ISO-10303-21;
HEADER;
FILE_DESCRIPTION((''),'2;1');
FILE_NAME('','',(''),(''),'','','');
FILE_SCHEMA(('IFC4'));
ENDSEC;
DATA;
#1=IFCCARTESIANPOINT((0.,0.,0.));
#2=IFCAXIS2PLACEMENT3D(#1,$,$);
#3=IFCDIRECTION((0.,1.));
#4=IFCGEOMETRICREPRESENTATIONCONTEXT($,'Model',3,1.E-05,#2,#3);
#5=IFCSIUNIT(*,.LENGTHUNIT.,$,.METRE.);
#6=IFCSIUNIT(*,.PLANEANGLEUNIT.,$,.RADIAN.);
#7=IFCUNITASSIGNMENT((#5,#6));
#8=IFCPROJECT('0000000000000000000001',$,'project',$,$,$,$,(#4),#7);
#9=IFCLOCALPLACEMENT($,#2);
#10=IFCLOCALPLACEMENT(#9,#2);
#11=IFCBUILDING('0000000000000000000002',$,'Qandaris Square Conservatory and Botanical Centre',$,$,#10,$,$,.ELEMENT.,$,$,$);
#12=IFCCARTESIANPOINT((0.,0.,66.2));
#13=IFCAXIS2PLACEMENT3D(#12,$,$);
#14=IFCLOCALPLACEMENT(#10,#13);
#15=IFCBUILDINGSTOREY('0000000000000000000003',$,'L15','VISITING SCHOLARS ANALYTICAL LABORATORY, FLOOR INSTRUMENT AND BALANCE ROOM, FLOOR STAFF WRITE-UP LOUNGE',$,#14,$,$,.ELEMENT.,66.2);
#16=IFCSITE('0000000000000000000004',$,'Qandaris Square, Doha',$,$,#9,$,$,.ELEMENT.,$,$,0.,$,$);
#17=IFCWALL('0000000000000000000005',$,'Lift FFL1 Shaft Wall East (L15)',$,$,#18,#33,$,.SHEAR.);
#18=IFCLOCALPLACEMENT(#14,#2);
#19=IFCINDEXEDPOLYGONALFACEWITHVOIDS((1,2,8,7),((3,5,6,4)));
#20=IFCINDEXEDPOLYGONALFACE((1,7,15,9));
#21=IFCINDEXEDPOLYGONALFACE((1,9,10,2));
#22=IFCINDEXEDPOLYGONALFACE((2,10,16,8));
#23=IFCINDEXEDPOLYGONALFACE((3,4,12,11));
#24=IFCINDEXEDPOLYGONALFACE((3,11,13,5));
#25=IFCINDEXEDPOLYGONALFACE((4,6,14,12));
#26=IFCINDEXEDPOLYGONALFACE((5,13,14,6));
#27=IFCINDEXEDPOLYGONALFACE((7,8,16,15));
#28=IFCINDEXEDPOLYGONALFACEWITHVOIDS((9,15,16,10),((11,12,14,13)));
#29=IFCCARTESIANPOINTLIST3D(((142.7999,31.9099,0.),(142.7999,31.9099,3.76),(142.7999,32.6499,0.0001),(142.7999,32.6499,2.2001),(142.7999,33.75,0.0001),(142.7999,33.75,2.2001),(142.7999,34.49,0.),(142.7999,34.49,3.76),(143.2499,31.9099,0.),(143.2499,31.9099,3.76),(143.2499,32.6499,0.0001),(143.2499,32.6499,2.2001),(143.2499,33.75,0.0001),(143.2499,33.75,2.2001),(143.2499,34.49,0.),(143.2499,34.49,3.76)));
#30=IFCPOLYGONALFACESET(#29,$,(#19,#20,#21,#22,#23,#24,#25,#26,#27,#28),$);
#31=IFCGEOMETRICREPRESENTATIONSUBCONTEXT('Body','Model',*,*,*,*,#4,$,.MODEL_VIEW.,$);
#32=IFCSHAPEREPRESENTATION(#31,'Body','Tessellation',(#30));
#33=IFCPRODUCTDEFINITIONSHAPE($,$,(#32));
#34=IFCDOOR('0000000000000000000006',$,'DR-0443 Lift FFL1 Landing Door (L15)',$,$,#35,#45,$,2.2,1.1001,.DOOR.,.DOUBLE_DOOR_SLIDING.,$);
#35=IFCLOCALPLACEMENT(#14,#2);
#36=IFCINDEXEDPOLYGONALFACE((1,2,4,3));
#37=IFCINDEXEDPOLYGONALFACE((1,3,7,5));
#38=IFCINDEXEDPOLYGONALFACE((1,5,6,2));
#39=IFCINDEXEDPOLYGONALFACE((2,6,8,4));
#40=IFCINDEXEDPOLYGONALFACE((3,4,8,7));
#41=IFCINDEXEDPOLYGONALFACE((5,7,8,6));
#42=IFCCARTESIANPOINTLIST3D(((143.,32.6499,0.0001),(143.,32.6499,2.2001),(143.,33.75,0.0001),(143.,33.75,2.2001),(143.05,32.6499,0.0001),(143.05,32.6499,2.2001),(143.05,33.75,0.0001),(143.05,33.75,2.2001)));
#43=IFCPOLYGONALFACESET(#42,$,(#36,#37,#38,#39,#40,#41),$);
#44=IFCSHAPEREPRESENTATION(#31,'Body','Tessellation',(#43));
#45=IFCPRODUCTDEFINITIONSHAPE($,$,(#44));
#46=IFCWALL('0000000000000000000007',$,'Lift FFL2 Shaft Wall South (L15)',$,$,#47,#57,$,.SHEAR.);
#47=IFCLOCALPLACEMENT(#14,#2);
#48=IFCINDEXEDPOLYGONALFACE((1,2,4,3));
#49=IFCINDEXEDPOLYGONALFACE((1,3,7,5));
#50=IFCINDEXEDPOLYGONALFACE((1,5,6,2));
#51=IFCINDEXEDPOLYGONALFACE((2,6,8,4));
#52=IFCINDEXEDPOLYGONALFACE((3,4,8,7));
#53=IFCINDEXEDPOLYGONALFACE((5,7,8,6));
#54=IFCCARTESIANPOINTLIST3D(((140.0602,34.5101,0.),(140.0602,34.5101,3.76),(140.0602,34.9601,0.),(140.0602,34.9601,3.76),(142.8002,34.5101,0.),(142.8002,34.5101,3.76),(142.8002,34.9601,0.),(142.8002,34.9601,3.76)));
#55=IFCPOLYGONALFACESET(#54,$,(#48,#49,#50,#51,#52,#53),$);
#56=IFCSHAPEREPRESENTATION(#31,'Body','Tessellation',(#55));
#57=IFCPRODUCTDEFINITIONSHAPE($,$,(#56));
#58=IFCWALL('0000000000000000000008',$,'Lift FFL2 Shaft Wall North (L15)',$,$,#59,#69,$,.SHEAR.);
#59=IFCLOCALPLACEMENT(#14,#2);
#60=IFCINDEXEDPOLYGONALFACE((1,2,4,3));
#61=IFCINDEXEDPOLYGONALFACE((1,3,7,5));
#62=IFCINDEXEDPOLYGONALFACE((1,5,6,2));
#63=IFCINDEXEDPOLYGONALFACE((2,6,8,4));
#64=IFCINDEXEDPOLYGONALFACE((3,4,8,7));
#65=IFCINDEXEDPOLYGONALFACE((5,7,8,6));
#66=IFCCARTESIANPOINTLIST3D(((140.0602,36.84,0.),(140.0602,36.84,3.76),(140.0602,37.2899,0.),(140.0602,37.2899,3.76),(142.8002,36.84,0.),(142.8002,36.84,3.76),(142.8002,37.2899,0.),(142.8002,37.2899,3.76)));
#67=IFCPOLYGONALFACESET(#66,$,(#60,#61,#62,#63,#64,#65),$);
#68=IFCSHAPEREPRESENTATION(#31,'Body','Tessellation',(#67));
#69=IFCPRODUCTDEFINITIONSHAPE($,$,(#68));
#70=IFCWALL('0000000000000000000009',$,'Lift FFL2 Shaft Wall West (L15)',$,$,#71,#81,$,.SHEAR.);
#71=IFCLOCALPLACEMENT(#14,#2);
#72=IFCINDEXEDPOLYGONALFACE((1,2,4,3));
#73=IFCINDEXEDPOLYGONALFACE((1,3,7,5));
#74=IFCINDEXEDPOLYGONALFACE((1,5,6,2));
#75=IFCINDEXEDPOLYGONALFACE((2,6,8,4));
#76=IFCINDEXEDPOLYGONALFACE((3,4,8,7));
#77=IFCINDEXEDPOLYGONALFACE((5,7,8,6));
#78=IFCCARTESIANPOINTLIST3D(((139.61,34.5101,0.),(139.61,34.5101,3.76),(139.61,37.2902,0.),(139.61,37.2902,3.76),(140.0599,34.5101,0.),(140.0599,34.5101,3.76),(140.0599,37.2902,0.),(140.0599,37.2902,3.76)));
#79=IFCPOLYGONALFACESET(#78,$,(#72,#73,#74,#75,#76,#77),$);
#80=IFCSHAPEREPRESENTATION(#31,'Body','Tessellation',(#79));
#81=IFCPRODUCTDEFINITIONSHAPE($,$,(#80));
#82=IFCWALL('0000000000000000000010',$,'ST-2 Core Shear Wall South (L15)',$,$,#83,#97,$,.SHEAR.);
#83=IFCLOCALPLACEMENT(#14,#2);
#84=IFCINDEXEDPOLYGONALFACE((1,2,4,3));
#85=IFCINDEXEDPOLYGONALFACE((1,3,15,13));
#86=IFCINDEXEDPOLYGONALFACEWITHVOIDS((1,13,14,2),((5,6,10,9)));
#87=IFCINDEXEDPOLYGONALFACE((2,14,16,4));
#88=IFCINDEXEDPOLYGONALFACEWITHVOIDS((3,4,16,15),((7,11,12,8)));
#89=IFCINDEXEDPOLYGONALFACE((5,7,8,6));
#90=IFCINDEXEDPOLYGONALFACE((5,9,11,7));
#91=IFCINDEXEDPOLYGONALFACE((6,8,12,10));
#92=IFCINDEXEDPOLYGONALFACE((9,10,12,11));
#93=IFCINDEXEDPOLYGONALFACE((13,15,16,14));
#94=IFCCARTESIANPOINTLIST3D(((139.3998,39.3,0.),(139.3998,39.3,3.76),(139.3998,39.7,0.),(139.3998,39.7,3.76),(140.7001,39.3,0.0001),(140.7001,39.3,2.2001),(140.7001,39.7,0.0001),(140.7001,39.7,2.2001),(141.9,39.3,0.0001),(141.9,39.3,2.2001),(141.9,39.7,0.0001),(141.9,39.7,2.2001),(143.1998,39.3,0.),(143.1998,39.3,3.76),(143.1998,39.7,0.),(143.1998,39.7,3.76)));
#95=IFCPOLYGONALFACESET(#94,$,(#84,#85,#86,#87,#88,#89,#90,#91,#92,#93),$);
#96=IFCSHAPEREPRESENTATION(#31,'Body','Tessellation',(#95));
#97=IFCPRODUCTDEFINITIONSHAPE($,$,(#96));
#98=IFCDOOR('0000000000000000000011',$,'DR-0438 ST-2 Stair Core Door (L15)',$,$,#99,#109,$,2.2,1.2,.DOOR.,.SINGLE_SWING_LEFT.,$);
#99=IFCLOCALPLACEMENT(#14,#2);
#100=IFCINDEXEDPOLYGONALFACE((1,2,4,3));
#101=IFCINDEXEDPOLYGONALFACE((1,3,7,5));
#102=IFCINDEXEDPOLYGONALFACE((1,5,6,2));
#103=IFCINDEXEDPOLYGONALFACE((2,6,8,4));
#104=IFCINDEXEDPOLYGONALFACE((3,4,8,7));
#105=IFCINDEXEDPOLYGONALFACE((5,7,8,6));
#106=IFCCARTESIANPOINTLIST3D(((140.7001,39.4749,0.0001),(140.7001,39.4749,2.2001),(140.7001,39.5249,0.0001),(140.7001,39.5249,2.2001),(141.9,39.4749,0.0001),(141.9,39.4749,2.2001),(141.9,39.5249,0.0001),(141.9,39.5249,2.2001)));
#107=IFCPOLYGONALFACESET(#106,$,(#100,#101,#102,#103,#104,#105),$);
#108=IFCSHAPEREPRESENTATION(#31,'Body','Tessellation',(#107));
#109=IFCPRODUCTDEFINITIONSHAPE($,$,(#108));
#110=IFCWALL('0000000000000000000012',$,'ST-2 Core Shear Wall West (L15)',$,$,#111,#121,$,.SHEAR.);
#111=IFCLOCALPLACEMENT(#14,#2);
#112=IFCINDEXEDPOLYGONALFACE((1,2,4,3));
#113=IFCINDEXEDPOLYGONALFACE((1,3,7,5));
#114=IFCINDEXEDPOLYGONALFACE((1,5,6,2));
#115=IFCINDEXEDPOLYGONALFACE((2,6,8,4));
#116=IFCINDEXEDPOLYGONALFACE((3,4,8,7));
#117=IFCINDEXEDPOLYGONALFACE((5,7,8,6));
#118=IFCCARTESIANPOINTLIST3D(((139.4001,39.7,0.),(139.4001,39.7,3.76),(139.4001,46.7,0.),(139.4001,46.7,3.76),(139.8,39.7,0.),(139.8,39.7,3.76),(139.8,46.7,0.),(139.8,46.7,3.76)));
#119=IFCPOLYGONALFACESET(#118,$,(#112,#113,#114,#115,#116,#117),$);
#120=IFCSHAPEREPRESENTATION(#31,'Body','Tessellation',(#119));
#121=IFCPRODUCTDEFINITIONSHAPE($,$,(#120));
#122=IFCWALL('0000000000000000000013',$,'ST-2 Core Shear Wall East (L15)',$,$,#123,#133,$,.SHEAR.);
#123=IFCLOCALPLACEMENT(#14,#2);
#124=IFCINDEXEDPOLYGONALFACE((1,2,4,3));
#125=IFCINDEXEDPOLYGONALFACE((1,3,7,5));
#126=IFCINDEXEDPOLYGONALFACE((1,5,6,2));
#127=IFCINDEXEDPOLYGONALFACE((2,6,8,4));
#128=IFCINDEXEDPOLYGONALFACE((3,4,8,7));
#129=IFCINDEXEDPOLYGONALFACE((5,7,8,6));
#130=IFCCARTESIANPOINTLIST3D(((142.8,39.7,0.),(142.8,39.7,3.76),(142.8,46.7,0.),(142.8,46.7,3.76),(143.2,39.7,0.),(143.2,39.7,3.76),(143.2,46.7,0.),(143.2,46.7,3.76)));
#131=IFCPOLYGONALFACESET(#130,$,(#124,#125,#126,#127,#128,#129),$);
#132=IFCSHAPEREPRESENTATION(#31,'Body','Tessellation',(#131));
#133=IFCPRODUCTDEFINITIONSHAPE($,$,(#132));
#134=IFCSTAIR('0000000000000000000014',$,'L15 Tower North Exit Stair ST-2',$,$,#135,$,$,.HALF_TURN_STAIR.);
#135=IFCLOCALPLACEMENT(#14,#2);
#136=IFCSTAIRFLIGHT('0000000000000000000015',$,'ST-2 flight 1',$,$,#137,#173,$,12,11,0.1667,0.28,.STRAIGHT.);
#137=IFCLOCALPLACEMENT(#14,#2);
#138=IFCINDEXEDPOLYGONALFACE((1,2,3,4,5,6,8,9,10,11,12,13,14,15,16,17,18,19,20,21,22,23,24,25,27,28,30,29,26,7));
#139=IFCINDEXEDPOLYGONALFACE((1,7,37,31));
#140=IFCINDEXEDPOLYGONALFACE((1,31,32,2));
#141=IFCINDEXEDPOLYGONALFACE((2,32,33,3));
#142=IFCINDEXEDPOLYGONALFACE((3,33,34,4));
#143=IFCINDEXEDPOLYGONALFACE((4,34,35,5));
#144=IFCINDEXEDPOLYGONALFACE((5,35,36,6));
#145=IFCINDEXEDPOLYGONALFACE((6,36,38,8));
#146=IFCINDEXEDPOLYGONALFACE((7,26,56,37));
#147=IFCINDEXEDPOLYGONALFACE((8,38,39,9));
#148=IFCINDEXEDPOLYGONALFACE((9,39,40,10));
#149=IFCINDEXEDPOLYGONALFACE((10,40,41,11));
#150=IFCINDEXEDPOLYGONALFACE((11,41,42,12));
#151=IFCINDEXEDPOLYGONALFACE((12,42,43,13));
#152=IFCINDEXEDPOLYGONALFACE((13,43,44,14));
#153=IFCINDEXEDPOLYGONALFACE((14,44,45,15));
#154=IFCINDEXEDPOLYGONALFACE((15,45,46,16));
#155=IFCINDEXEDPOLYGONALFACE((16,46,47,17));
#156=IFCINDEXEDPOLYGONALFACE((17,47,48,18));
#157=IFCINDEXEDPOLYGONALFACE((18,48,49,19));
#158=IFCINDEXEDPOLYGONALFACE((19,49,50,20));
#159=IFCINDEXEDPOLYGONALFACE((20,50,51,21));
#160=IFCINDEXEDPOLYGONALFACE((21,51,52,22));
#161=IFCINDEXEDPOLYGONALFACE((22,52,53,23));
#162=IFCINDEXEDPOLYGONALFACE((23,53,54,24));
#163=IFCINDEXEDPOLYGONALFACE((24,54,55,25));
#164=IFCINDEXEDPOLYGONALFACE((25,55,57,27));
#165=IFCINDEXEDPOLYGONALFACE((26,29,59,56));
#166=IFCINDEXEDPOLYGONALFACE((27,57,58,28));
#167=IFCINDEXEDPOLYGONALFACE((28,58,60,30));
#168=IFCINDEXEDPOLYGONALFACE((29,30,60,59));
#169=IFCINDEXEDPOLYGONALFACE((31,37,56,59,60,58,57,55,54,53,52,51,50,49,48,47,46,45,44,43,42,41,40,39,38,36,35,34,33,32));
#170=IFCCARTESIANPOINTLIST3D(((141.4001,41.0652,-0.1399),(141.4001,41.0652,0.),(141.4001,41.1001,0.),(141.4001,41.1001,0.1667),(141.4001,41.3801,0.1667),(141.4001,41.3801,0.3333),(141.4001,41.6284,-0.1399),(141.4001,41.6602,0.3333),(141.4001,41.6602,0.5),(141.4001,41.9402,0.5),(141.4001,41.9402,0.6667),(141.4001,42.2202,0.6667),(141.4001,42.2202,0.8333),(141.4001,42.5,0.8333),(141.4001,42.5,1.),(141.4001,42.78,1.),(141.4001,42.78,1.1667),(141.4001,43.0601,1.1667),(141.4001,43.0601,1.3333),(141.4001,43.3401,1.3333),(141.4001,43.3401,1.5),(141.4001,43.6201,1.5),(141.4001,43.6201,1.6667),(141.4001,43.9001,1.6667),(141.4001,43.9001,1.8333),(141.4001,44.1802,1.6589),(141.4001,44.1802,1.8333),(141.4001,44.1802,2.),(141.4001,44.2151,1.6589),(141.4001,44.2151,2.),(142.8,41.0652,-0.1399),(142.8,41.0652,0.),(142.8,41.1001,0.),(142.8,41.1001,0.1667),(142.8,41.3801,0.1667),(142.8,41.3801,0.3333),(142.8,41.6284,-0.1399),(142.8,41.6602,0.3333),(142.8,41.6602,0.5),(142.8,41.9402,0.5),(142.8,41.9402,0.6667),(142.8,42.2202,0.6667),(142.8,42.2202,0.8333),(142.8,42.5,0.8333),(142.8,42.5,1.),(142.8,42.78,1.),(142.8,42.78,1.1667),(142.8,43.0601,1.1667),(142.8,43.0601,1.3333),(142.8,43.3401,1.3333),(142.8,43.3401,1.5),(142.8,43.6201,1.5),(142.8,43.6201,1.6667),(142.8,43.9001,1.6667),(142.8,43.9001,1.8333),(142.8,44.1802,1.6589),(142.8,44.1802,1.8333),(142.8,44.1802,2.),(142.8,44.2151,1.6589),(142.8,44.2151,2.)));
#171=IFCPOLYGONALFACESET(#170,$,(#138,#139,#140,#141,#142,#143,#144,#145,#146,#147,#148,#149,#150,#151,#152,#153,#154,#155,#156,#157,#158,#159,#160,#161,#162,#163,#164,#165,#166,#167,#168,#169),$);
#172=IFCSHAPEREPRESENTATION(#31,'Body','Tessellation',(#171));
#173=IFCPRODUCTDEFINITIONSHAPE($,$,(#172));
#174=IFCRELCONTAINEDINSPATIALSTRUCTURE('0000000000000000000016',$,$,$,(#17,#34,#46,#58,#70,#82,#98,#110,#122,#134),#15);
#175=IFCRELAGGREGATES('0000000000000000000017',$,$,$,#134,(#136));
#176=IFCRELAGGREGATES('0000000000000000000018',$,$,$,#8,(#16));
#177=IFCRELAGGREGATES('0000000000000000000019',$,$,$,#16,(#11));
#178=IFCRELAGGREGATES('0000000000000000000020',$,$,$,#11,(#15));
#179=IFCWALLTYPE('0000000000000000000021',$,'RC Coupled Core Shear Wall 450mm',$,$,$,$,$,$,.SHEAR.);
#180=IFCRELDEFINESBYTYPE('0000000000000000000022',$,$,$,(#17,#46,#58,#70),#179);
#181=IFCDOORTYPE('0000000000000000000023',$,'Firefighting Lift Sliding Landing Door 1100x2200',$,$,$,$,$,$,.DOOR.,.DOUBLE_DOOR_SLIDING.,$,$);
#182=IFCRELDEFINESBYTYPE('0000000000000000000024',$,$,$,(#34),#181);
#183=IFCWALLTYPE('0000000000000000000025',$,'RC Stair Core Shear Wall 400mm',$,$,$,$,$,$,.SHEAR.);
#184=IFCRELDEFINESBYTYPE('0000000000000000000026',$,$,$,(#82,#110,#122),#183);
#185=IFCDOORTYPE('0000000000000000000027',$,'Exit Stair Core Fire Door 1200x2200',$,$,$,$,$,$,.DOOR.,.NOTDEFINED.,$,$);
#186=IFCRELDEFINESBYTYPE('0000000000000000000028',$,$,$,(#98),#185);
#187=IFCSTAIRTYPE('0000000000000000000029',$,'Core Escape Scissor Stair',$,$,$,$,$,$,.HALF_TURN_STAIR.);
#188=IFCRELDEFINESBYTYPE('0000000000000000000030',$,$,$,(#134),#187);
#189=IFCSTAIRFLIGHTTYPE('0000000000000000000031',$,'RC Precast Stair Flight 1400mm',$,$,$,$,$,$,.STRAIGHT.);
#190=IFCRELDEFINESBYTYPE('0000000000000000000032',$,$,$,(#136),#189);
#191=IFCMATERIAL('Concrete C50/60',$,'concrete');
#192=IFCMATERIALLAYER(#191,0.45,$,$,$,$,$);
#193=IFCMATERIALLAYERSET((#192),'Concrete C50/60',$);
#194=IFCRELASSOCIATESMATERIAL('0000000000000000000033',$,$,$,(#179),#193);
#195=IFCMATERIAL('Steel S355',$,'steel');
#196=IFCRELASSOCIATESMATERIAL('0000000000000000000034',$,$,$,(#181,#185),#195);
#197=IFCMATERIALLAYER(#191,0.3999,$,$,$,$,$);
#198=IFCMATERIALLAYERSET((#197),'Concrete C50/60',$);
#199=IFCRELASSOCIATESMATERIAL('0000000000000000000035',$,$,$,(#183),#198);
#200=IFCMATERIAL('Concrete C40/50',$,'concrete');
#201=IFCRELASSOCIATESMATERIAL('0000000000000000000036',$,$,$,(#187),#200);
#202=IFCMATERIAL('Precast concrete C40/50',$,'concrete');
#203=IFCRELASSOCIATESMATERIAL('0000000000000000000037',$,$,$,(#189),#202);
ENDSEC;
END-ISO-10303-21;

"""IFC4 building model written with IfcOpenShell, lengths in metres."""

from ifc_helpers import new_model, si_unit, direction, frame, frame_2d, origin, place, context, subcontext, project, spatial, polyline, rectangle, outline, extrude, material, layer, layer_set, type_object, element, fill, aggregate, save


model = new_model("IFC4")

# Units and contexts
model_context = context("Model", 3, precision=1e-05, world=origin(), true_north=direction((0.0, 1.0)))
body_context = subcontext(model_context, "Body", "Model", "MODEL_VIEW")
ifc_project = project(units=[si_unit("LENGTHUNIT", "METRE"), si_unit("PLANEANGLEUNIT", "RADIAN")], contexts=[model_context])

# Site, building, storey
site_placement = place(None, origin())
site = spatial("IfcSite", under=ifc_project, at=site_placement, Name="Qandaris Square, Doha", CompositionType="ELEMENT", RefElevation=0.0)
building_placement = place(site_placement, origin())
building = spatial("IfcBuilding", under=site, at=building_placement, Name="Qandaris Square Conservatory and Botanical Centre", CompositionType="ELEMENT")
storey_placement = place(building_placement, frame((0.0, 0.0, 66.2)))
storey = spatial("IfcBuildingStorey", under=building, at=storey_placement, Name="L15", Description="VISITING SCHOLARS ANALYTICAL LABORATORY, FLOOR INSTRUMENT AND BALANCE ROOM, FLOOR STAFF WRITE-UP LOUNGE", CompositionType="ELEMENT", Elevation=66.2)

# Shared definitions
ifc_material_1 = material(Name="Steel S355", Category="steel")
ifc_material_2 = material(Name="Concrete C50/60", Category="concrete")

# Shared definitions
ifc_material_3 = material(Name="Precast concrete C40/50", Category="concrete")

# Shared definitions
ifc_layer_1 = layer(ifc_material_2, 0.45)
ifc_layer_set_1 = layer_set([ifc_layer_1], Name="Concrete C50/60")
wall_type_1 = type_object("IfcWallType", Name="RC Coupled Core Shear Wall 450mm", PredefinedType="SHEAR", material=ifc_layer_set_1)

# Wall, opening, door
wall_1_placement = place(storey_placement, frame((143.0249, 31.9099, 0.0), z_axis=(0.0, 0.0, 1.0), x_axis=(0.0, 1.0, 0.0)))
wall_1 = element("IfcWall", 1, at=wall_1_placement, inside=storey, type_object=wall_type_1, Name="Lift FFL1 Shaft Wall East (L15)", PredefinedType="SHEAR", context=body_context, shape_type="SweptSolid", body=[
    extrude(rectangle(XDim=2.5801, YDim=0.45, at=frame_2d((1.29, 0.0))), origin(), (0.0, 0.0, 1.0), 3.76),
])
opening_1_placement = place(wall_1_placement, frame((0.74, 0.0, 0.0)))
opening_1 = element("IfcOpeningElement", 2, at=opening_1_placement, cuts=wall_1, PredefinedType="OPENING", context=body_context, shape_type="SweptSolid", body=[
    extrude(rectangle(XDim=1.1001, YDim=2.2, at=frame_2d((0.55, 1.1001))), frame((0.0, 0.2368, 0.0), z_axis=(0.0, -1.0, 0.0), x_axis=(1.0, 0.0, 0.0)), (0.0, 0.0, 1.0), 0.4739),
])
door_type_1 = type_object("IfcDoorType", Name="Firefighting Lift Sliding Landing Door 1100x2200", OperationType="DOUBLE_DOOR_SLIDING", PredefinedType="DOOR", material=ifc_material_1)
door_1_placement = place(opening_1_placement, origin())
door_1 = element("IfcDoor", 3, at=door_1_placement, inside=storey, type_object=door_type_1, Name="DR-0443 Lift FFL1 Landing Door (L15)", OperationType="DOUBLE_DOOR_SLIDING", OverallHeight=2.2, OverallWidth=1.1001, PredefinedType="DOOR", context=body_context, shape_type="SweptSolid", body=[
    extrude(rectangle(XDim=1.1001, YDim=2.2, at=frame_2d((0.55, 1.1001))), frame((0.0, 0.0249, 0.0), z_axis=(0.0, -1.0, 0.0), x_axis=(1.0, 0.0, 0.0)), (0.0, 0.0, 1.0), 0.05),
])
fill(opening_1, door_1)

# Walls
for number, where, z_axis, x_axis, name in (
    (4, (140.0601, 34.7351, 0.0), (0.0, 0.0, 1.0), (1.0, 0.0, 0.0), "Lift FFL2 Shaft Wall South (L15)"),
    (5, (140.0601, 37.0649, 0.0), (0.0, 0.0, 1.0), (1.0, 0.0, 0.0), "Lift FFL2 Shaft Wall North (L15)"),
):
    element("IfcWall", number, at=place(storey_placement, frame(where, z_axis=z_axis, x_axis=x_axis)), inside=storey, type_object=wall_type_1, Name=name, PredefinedType="SHEAR", context=body_context, shape_type="SweptSolid", body=[
        extrude(rectangle(XDim=2.74, YDim=0.45, at=frame_2d((1.3701, 0.0))), origin(), (0.0, 0.0, 1.0), 3.76),
    ])
wall_2_placement = place(storey_placement, frame((139.835, 34.51, 0.0), z_axis=(0.0, 0.0, 1.0), x_axis=(0.0, 1.0, 0.0)))
element("IfcWall", 6, at=wall_2_placement, inside=storey, type_object=wall_type_1, Name="Lift FFL2 Shaft Wall West (L15)", PredefinedType="SHEAR", context=body_context, shape_type="SweptSolid", body=[
    extrude(rectangle(XDim=2.78, YDim=0.45, at=frame_2d((1.3901, 0.0))), origin(), (0.0, 0.0, 1.0), 3.76),
])

# Wall, opening, door
ifc_layer_2 = layer(ifc_material_2, 0.3999)
ifc_layer_set_2 = layer_set([ifc_layer_2], Name="Concrete C50/60")
wall_type_2 = type_object("IfcWallType", Name="RC Stair Core Shear Wall 400mm", PredefinedType="SHEAR", material=ifc_layer_set_2)
wall_3_placement = place(storey_placement, frame((139.3999, 39.5, 0.0), z_axis=(0.0, 0.0, 1.0), x_axis=(1.0, 0.0, 0.0)))
wall_3 = element("IfcWall", 7, at=wall_3_placement, inside=storey, type_object=wall_type_2, Name="ST-2 Core Shear Wall South (L15)", PredefinedType="SHEAR", context=body_context, shape_type="SweptSolid", body=[
    extrude(rectangle(XDim=3.8, YDim=0.3999, at=frame_2d((1.8999, 0.0))), origin(), (0.0, 0.0, 1.0), 3.76),
])
opening_2_placement = place(wall_3_placement, frame((1.3, 0.0, 0.0)))
opening_2 = element("IfcOpeningElement", 8, at=opening_2_placement, cuts=wall_3, PredefinedType="OPENING", context=body_context, shape_type="SweptSolid", body=[
    extrude(rectangle(XDim=1.2, YDim=2.2, at=frame_2d((0.6001, 1.1001))), frame((0.0, 0.2119, 0.0), z_axis=(0.0, -1.0, 0.0), x_axis=(1.0, 0.0, 0.0)), (0.0, 0.0, 1.0), 0.4238),
])
door_type_2 = type_object("IfcDoorType", Name="Exit Stair Core Fire Door 1200x2200", OperationType="NOTDEFINED", PredefinedType="DOOR", material=ifc_material_1)
door_2_placement = place(opening_2_placement, origin())
door_2 = element("IfcDoor", 9, at=door_2_placement, inside=storey, type_object=door_type_2, Name="DR-0438 ST-2 Stair Core Door (L15)", OperationType="SINGLE_SWING_LEFT", OverallHeight=2.2, OverallWidth=1.2, PredefinedType="DOOR", context=body_context, shape_type="SweptSolid", body=[
    extrude(rectangle(XDim=1.2, YDim=2.2, at=frame_2d((0.6001, 1.1001))), frame((0.0, 0.0249, 0.0), z_axis=(0.0, -1.0, 0.0), x_axis=(1.0, 0.0, 0.0)), (0.0, 0.0, 1.0), 0.05),
])
fill(opening_2, door_2)

# Walls
for number, where, z_axis, x_axis, name in (
    (10, (139.6001, 39.7, 0.0), (0.0, 0.0, 1.0), (0.0, 1.0, 0.0), "ST-2 Core Shear Wall West (L15)"),
    (11, (143.0, 39.7, 0.0), (0.0, 0.0, 1.0), (0.0, 1.0, 0.0), "ST-2 Core Shear Wall East (L15)"),
):
    element("IfcWall", number, at=place(storey_placement, frame(where, z_axis=z_axis, x_axis=x_axis)), inside=storey, type_object=wall_type_2, Name=name, PredefinedType="SHEAR", context=body_context, shape_type="SweptSolid", body=[
        extrude(rectangle(XDim=7.0, YDim=0.3999, at=frame_2d((3.5, 0.0))), origin(), (0.0, 0.0, 1.0), 3.76),
    ])

# Stair, stair flight
ifc_material_4 = material(Name="Concrete C40/50", Category="concrete")
stair_type = type_object("IfcStairType", Name="Core Escape Scissor Stair", PredefinedType="HALF_TURN_STAIR", material=ifc_material_4)
stair_placement = place(storey_placement, origin())
stair = element("IfcStair", 12, at=stair_placement, inside=storey, type_object=stair_type, Name="L15 Tower North Exit Stair ST-2", PredefinedType="HALF_TURN_STAIR")
stair_flight_type = type_object("IfcStairFlightType", Name="RC Precast Stair Flight 1400mm", PredefinedType="STRAIGHT", material=ifc_material_3)
stair_flight_1_placement = place(storey_placement, frame((142.1001, 41.1001, 0.0), z_axis=(0.0, 0.0, 1.0), x_axis=(0.0, 1.0, 0.0)))
stair_flight_1 = element("IfcStairFlight", 13, at=stair_flight_1_placement, type_object=stair_flight_type, Name="ST-2 flight 1", NumberOfRisers=12, NumberOfTreads=11, PredefinedType="STRAIGHT", RiserHeight=0.1667, TreadLength=0.28, context=body_context, shape_type="SweptSolid", body=[
    extrude(outline(polyline([(-0.0349, 0.0), (0.0, 0.0), (0.0, 0.1667), (0.28, 0.1667), (0.28, 0.3333), (0.5601, 0.3333), (0.5601, 0.5), (0.8401, 0.5), (0.8401, 0.6667), (1.1201, 0.6667), (1.1201, 0.8333), (1.3999, 0.8333), (1.3999, 1.0), (1.6799, 1.0), (1.6799, 1.1667), (1.96, 1.1667), (1.96, 1.3333), (2.24, 1.3333), (2.24, 1.5), (2.52, 1.5), (2.52, 1.6667), (2.8, 1.6667), (2.8, 1.8333), (3.0801, 1.8333), (3.0801, 2.0), (3.115, 2.0), (3.115, 1.6589), (3.0801, 1.6589), (0.5283, -0.1399), (-0.0349, -0.1399), (-0.0349, 0.0)])), frame((0.0, 0.7, 0.0), z_axis=(0.0, -1.0, 0.0), x_axis=(1.0, 0.0, 0.0)), (0.0, 0.0, 1.0), 1.3999),
])
aggregate(stair, [stair_flight_1])

save(model, "model.ifc")
